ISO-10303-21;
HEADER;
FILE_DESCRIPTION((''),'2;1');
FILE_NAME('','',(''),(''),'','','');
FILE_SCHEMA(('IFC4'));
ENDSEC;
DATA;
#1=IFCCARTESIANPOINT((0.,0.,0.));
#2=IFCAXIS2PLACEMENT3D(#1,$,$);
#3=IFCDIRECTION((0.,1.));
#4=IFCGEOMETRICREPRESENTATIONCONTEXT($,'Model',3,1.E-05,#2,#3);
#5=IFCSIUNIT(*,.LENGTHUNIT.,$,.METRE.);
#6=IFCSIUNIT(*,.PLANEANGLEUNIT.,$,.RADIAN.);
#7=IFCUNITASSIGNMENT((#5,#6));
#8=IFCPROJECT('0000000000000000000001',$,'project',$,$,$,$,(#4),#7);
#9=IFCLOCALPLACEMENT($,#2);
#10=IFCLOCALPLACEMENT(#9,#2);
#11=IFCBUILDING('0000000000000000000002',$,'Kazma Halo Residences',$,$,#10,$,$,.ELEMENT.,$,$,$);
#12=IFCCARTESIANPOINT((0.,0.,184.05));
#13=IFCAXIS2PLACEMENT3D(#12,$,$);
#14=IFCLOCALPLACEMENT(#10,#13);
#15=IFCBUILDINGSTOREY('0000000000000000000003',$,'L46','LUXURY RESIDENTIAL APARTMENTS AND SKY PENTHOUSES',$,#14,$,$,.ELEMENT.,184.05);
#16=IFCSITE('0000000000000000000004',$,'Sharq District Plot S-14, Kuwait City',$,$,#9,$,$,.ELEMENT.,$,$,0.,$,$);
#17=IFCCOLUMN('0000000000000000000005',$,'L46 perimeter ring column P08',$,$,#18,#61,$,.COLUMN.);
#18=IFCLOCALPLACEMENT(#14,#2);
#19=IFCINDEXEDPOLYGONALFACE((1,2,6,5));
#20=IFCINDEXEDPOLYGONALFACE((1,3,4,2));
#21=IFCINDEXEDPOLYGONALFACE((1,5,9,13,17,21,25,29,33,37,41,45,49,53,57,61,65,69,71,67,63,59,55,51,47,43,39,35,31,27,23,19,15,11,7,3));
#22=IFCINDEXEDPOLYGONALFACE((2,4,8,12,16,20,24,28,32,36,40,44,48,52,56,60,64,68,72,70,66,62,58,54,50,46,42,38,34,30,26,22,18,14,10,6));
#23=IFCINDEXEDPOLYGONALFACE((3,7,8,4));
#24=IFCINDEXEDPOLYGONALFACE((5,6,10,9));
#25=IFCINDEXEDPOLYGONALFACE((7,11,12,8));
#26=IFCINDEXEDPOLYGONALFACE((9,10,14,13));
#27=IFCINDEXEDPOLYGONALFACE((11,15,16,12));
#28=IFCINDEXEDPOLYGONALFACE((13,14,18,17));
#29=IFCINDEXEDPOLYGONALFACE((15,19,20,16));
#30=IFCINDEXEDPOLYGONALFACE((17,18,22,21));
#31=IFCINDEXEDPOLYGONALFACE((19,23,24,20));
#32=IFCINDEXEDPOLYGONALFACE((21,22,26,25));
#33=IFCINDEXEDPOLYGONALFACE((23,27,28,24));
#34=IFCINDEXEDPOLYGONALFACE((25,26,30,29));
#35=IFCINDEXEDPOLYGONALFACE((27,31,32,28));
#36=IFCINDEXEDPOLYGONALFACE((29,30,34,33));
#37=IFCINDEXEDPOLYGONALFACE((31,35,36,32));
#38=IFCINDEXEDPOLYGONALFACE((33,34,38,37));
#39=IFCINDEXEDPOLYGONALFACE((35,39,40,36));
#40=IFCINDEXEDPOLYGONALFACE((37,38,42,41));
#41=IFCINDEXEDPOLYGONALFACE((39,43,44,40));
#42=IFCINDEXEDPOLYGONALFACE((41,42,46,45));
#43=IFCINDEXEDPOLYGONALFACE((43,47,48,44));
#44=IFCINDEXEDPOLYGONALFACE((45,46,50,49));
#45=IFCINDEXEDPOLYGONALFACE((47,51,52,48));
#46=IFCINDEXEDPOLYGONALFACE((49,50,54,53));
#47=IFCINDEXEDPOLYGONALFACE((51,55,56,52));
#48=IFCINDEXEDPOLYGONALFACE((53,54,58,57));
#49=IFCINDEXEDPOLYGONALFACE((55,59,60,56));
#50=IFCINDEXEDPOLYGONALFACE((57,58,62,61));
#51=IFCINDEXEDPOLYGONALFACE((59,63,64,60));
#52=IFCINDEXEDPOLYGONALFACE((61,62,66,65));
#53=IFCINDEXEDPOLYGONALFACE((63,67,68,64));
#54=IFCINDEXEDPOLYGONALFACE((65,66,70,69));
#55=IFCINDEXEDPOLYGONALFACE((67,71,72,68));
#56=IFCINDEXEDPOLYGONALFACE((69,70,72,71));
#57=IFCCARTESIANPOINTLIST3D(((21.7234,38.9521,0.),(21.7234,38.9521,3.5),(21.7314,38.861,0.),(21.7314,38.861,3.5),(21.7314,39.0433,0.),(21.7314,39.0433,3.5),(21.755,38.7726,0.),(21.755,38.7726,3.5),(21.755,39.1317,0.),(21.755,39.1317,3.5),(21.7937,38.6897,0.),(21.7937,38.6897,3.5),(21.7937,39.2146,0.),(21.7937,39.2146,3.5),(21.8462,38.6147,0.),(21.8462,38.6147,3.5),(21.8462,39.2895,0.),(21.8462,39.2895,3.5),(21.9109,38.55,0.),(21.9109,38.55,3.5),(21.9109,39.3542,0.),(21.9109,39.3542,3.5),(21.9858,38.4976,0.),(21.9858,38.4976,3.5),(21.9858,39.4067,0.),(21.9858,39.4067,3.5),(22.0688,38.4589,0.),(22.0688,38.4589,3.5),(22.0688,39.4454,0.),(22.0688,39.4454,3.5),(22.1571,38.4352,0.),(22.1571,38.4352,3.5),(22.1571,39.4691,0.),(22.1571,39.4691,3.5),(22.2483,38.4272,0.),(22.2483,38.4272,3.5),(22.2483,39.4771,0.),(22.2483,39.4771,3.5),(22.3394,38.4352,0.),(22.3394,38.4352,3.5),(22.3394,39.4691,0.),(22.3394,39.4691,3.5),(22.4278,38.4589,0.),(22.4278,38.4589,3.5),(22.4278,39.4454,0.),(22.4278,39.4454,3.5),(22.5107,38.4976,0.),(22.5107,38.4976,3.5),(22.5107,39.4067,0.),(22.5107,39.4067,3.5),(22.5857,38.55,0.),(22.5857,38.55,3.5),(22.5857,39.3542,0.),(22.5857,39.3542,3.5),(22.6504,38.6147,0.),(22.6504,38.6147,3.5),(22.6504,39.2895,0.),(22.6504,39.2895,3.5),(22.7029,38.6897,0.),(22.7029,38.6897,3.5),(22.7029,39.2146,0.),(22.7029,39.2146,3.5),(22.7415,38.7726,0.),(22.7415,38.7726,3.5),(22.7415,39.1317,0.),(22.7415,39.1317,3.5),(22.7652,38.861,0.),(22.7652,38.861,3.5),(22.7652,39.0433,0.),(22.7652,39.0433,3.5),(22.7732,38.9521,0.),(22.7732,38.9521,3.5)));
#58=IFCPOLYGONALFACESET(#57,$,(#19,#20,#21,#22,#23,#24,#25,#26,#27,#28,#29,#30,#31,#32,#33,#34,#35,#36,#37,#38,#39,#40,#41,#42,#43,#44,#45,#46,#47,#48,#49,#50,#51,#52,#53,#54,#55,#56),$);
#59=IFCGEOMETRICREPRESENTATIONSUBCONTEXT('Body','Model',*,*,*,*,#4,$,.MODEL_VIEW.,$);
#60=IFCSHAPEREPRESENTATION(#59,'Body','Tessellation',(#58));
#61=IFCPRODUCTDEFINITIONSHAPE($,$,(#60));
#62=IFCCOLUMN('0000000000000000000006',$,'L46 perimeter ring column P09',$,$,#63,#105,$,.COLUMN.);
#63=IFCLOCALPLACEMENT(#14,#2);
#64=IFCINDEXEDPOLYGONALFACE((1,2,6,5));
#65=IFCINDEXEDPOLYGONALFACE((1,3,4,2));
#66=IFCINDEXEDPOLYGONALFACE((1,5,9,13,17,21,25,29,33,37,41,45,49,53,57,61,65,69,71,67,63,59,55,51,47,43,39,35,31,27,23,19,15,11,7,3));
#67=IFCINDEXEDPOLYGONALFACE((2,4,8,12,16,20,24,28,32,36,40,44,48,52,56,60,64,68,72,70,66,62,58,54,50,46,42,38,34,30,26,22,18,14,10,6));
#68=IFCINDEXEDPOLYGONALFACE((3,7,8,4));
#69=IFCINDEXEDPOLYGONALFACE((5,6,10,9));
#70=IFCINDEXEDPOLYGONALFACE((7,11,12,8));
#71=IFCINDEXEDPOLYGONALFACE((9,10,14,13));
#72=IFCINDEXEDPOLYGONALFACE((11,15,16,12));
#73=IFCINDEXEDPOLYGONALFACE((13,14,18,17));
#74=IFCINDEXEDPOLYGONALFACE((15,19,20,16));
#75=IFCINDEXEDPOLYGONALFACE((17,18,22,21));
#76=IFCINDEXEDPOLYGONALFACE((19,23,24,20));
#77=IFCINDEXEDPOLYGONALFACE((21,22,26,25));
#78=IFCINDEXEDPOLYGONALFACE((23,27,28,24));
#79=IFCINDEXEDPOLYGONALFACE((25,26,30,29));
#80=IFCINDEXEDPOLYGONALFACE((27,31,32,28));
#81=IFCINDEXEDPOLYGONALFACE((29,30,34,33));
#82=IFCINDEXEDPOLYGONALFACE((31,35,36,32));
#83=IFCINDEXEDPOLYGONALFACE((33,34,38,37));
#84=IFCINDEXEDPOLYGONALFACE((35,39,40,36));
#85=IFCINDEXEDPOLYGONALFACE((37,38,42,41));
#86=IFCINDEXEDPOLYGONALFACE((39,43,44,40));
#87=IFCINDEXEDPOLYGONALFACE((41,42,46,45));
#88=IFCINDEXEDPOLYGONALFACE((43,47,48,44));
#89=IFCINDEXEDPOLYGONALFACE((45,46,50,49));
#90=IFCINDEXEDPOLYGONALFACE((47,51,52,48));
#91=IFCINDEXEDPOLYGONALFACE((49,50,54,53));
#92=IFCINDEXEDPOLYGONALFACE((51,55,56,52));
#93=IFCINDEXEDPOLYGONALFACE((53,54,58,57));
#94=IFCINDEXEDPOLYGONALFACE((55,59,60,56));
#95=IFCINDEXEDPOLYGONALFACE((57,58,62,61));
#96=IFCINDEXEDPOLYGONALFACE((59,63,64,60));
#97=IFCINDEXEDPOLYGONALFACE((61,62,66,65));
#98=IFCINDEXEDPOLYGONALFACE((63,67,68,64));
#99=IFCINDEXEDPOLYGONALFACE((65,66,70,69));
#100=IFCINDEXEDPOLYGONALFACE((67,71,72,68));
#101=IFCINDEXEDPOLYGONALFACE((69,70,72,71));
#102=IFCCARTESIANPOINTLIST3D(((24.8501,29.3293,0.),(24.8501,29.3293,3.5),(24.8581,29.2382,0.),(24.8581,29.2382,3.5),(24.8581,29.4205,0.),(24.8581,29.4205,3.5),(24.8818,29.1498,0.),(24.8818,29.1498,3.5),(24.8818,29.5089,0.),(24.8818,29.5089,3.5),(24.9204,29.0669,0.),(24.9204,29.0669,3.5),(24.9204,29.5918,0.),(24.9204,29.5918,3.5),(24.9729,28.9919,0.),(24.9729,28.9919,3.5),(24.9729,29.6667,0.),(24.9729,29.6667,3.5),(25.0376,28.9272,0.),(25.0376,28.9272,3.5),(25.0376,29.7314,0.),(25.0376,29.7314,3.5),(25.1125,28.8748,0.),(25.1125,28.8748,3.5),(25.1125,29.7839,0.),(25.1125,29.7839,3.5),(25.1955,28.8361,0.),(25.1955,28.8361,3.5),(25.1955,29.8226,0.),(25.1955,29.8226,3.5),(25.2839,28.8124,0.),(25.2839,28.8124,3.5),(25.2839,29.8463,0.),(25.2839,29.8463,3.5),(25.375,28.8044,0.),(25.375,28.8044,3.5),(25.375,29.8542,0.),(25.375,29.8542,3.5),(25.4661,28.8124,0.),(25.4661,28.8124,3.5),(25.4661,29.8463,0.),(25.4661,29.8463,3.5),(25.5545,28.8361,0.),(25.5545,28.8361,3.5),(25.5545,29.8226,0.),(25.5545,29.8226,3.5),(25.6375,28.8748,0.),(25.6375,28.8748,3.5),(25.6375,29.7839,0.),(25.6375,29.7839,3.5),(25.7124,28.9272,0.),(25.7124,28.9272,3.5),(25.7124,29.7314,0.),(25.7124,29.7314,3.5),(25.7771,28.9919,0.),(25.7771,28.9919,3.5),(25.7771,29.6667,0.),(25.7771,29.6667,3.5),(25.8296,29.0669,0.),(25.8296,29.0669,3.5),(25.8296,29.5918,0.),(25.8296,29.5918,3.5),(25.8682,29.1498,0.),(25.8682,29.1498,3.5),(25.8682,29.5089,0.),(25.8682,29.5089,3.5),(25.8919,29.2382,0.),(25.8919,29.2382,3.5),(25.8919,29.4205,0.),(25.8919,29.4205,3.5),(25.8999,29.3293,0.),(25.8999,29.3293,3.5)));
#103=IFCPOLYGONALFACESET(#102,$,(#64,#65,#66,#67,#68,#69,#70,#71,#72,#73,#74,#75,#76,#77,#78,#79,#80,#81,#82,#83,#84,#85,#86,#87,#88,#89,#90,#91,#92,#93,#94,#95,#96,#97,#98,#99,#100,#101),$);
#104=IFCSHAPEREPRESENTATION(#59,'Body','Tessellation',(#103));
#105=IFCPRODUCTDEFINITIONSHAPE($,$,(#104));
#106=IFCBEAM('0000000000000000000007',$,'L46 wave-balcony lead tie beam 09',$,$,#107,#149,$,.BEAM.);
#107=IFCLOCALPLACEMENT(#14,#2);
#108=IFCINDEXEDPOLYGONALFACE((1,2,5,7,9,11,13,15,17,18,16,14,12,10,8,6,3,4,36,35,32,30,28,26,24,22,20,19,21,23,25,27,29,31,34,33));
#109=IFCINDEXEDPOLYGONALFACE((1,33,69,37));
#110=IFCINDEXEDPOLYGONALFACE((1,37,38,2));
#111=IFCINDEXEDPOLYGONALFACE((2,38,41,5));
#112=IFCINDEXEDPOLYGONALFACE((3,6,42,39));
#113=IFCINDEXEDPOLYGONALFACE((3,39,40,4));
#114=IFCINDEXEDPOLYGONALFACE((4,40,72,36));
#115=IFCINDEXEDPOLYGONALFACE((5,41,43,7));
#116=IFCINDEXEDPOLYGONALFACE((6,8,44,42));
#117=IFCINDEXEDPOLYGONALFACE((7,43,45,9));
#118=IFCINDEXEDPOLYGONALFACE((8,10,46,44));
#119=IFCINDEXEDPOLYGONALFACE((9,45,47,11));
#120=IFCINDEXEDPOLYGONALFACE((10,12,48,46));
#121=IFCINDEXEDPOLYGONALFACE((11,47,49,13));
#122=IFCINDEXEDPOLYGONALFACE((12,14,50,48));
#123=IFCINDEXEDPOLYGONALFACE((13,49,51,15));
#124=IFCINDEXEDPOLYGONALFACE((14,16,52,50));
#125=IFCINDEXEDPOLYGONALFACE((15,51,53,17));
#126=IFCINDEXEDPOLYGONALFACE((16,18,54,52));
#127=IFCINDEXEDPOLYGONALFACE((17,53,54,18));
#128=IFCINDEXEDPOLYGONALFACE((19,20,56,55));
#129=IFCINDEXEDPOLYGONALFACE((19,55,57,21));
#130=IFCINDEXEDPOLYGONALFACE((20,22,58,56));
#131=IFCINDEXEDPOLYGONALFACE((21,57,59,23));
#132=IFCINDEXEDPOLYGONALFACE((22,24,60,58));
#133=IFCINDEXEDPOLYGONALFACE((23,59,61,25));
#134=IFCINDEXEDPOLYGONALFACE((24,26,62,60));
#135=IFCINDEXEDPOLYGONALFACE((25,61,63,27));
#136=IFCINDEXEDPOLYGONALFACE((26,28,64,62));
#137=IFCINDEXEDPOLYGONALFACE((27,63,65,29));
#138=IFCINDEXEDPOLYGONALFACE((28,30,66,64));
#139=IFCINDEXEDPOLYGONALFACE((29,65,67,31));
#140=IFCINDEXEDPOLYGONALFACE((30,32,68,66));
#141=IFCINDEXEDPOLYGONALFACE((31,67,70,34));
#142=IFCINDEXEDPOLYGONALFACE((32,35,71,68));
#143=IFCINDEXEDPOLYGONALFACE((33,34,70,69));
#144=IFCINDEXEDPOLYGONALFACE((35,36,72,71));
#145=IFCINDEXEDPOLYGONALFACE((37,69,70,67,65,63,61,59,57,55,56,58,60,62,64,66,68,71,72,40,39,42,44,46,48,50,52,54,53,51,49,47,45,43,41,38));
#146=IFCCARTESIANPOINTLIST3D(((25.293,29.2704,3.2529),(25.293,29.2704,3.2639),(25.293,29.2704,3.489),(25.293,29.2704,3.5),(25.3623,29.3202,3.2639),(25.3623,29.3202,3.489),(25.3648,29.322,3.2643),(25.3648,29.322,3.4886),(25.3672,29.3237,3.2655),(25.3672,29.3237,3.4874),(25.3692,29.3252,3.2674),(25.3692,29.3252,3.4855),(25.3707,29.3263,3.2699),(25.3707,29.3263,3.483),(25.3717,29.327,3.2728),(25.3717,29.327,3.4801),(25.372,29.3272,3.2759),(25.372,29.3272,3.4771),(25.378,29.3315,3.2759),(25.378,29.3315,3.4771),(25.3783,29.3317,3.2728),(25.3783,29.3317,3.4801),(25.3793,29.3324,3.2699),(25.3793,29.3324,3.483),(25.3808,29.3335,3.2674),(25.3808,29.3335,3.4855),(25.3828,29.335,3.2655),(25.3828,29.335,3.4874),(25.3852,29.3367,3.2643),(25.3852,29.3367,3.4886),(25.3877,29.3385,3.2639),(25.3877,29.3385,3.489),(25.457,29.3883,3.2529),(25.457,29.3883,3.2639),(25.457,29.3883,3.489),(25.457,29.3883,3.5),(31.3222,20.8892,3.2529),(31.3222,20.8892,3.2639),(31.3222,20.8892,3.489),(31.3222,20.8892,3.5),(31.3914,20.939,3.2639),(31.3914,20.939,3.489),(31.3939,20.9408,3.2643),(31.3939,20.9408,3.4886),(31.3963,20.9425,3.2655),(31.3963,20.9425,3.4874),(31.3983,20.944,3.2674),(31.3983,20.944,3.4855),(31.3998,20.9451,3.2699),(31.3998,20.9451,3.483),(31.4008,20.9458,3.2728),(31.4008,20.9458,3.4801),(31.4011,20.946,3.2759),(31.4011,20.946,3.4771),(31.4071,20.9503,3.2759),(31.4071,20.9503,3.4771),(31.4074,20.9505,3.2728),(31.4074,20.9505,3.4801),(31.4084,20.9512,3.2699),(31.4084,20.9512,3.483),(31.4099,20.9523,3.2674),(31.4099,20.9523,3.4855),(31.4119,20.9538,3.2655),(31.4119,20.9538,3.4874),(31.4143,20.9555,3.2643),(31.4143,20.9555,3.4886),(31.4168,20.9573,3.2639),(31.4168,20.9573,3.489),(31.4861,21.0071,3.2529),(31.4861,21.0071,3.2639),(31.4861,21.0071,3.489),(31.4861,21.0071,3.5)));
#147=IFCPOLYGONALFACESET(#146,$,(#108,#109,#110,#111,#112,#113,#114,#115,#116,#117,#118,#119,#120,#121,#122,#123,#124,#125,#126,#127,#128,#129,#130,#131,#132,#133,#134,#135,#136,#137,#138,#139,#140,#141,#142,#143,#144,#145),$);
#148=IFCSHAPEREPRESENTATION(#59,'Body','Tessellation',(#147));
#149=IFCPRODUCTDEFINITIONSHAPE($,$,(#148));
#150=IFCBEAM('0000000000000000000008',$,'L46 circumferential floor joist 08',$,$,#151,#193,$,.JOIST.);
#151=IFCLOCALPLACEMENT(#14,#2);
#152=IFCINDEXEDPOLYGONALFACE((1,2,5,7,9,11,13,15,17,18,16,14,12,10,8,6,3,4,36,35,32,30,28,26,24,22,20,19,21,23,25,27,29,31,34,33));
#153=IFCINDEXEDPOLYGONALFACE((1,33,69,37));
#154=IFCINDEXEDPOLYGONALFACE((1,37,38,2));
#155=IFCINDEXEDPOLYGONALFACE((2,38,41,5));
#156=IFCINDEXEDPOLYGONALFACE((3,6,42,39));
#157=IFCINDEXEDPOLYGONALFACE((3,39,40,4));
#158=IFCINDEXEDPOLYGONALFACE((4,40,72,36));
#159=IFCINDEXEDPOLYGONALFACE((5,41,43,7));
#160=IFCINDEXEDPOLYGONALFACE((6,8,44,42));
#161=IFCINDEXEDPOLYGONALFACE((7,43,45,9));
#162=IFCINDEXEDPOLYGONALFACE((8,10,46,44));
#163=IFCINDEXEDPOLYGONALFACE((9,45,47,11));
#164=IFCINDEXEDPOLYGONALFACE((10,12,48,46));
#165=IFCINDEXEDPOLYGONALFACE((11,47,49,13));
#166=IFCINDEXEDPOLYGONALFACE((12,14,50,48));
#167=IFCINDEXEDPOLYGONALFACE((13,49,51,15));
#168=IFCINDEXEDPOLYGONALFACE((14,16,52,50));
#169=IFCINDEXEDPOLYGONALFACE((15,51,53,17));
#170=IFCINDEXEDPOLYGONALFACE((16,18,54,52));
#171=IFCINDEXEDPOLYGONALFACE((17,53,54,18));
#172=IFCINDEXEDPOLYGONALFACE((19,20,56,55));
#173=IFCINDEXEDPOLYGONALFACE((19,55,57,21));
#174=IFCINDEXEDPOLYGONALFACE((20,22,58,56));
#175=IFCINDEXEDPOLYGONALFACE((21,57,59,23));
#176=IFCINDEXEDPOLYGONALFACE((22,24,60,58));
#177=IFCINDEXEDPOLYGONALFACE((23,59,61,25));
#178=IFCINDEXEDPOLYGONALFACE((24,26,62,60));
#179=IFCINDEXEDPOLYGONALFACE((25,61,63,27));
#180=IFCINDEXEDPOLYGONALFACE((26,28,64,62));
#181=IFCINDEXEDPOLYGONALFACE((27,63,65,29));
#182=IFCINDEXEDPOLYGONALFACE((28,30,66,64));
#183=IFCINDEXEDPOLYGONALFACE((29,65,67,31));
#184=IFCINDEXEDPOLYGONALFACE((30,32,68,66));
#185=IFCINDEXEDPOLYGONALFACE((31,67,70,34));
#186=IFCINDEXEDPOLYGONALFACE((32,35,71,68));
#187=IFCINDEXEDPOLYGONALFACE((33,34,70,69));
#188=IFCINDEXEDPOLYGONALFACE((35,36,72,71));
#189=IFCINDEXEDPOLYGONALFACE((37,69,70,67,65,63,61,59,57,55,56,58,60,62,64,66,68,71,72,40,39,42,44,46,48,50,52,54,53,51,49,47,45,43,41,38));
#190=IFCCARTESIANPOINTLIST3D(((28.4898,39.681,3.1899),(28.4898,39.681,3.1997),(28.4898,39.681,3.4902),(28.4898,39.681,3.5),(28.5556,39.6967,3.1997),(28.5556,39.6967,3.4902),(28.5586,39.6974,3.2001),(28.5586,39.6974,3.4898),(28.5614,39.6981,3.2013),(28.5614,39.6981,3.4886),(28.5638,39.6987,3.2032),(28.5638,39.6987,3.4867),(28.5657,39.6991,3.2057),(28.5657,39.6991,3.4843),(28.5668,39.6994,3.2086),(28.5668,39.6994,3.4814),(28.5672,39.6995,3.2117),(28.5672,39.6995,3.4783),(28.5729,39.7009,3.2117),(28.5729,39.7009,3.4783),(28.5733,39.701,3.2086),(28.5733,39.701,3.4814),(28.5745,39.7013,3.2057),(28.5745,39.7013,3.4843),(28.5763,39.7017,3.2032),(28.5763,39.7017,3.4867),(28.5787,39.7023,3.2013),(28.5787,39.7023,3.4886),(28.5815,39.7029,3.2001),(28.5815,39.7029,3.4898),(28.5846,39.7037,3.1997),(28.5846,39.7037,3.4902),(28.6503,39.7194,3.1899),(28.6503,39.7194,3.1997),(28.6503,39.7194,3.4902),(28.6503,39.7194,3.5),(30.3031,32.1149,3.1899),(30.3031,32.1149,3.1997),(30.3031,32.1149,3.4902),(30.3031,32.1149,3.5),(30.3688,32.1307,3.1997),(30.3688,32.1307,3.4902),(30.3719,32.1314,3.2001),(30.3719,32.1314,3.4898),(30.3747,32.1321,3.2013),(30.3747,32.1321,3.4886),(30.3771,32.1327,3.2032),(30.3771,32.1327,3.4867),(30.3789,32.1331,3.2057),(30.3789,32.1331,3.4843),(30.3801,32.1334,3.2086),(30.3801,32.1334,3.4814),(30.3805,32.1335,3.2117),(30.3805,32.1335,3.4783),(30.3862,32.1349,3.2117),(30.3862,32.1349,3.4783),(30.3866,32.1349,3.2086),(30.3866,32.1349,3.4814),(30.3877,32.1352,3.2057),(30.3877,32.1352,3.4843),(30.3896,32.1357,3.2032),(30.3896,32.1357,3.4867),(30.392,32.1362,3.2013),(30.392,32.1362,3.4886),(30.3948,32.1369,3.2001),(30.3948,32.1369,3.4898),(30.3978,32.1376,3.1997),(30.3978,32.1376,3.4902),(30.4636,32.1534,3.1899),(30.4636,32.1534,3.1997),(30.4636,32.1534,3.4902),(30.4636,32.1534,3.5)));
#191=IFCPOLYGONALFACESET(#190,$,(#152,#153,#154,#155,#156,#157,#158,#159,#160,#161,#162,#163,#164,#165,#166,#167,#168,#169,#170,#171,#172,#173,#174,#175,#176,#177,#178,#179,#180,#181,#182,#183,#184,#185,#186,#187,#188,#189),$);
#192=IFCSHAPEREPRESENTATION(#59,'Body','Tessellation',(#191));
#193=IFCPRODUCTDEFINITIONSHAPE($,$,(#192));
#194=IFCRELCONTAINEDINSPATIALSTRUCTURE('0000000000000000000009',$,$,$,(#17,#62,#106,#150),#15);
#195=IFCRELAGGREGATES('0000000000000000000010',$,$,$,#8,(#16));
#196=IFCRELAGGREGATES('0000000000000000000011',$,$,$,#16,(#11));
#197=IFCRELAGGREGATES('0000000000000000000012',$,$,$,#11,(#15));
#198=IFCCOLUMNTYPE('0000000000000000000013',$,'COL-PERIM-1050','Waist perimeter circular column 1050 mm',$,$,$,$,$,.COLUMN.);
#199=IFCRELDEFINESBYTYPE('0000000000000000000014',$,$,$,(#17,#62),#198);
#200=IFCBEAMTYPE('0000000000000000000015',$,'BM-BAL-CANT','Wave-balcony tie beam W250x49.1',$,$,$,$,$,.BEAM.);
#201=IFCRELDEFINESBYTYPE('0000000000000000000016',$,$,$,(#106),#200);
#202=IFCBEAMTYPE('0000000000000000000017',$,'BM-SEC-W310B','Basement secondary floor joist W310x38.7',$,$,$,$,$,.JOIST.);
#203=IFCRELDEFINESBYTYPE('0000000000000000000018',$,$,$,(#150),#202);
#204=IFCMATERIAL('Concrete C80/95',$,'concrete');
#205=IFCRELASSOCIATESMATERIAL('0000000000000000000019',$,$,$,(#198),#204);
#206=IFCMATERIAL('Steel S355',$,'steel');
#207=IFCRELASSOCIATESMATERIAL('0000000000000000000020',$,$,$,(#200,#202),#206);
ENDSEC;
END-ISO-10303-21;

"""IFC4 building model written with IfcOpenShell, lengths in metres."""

from ifc_helpers import new_model, si_unit, direction, frame, origin, origin_2d, place, context, subcontext, project, spatial, circle, i_section, extrude, material, material_profile, profile_set, type_object, element, save


model = new_model("IFC4")

# Units and contexts
model_context = context("Model", 3, precision=1e-05, world=origin(), true_north=direction((0.0, 1.0)))
body_context = subcontext(model_context, "Body", "Model", "MODEL_VIEW")
ifc_project = project(units=[si_unit("LENGTHUNIT", "METRE"), si_unit("PLANEANGLEUNIT", "RADIAN")], contexts=[model_context])

# Site, building, storey
site_placement = place(None, origin())
site = spatial("IfcSite", under=ifc_project, at=site_placement, Name="Sharq District Plot S-14, Kuwait City", CompositionType="ELEMENT", RefElevation=0.0)
building_placement = place(site_placement, origin())
building = spatial("IfcBuilding", under=site, at=building_placement, Name="Kazma Halo Residences", CompositionType="ELEMENT")
storey_placement = place(building_placement, frame((0.0, 0.0, 184.05)))
storey = spatial("IfcBuildingStorey", under=building, at=storey_placement, Name="L46", Description="LUXURY RESIDENTIAL APARTMENTS AND SKY PENTHOUSES", CompositionType="ELEMENT", Elevation=184.05)

# Columns
ifc_material_1 = material(Name="Concrete C80/95", Category="concrete")
ifc_material_profile_1 = material_profile(ifc_material_1, circle(Radius=0.5249, at=origin_2d()), Name="CIRC1050")
ifc_profile_set_1 = profile_set([ifc_material_profile_1], Name="Concrete C80/95")
column_type = type_object("IfcColumnType", Name="COL-PERIM-1050", Description="Waist perimeter circular column 1050 mm", PredefinedType="COLUMN", material=ifc_profile_set_1)
for number, where, z_axis, x_axis, name in (
    (1, (22.2483, 38.9521, 0.0), (0.0, 0.0, 1.0), (1.0, 0.0, 0.0), "L46 perimeter ring column P08"),
    (2, (25.375, 29.3293, 0.0), (0.0, 0.0, 1.0), (1.0, 0.0, 0.0), "L46 perimeter ring column P09"),
):
    element("IfcColumn", number, at=place(storey_placement, frame(where, z_axis=z_axis, x_axis=x_axis)), inside=storey, type_object=column_type, Name=name, PredefinedType="COLUMN", context=body_context, shape_type="SweptSolid", body=[
        extrude(circle(Radius=0.5249, at=origin_2d()), origin(), (0.0, 0.0, 1.0), 3.5),
    ])

# Beams
ifc_material_2 = material(Name="Steel S355", Category="steel")
ifc_material_profile_2 = material_profile(ifc_material_2, i_section(OverallWidth=0.2019, OverallDepth=0.2471, WebThickness=0.0073, FlangeThickness=0.011, FilletRadius=0.012, at=origin_2d()), Name="W250x49.1")
ifc_profile_set_2 = profile_set([ifc_material_profile_2], Name="Steel S355")
beam_type_1 = type_object("IfcBeamType", Name="BM-BAL-CANT", Description="Wave-balcony tie beam W250x49.1", PredefinedType="BEAM", material=ifc_profile_set_2)
beam_1_placement = place(storey_placement, frame((25.375, 29.3293, 3.3765), z_axis=(0.583964, -0.81178, 0.0), x_axis=(0.81178, 0.583964, 0.0)))
element("IfcBeam", 3, at=beam_1_placement, inside=storey, type_object=beam_type_1, Name="L46 wave-balcony lead tie beam 09", PredefinedType="BEAM", context=body_context, shape_type="SweptSolid", body=[
    extrude(i_section(OverallWidth=0.2019, OverallDepth=0.2471, WebThickness=0.0073, FlangeThickness=0.011, FilletRadius=0.012, at=origin_2d()), origin(), (0.0, 0.0, 1.0), 10.3245),
])
ifc_material_profile_3 = material_profile(ifc_material_2, i_section(OverallWidth=0.165, OverallDepth=0.3101, WebThickness=0.0059, FlangeThickness=0.0098, FilletRadius=0.012, at=origin_2d()), Name="W310x38.7")
ifc_profile_set_3 = profile_set([ifc_material_profile_3], Name="Steel S355")
beam_type_2 = type_object("IfcBeamType", Name="BM-SEC-W310B", Description="Basement secondary floor joist W310x38.7", PredefinedType="JOIST", material=ifc_profile_set_3)
beam_2_placement = place(storey_placement, frame((28.5701, 39.7002, 3.345), z_axis=(0.233058, -0.972463, 0.0), x_axis=(0.972463, 0.233058, 0.0)))
element("IfcBeam", 4, at=beam_2_placement, inside=storey, type_object=beam_type_2, Name="L46 circumferential floor joist 08", PredefinedType="JOIST", context=body_context, shape_type="SweptSolid", body=[
    extrude(i_section(OverallWidth=0.165, OverallDepth=0.3101, WebThickness=0.0059, FlangeThickness=0.0098, FilletRadius=0.012, at=origin_2d()), origin(), (0.0, 0.0, 1.0), 7.7803),
])

save(model, "model.ifc")
